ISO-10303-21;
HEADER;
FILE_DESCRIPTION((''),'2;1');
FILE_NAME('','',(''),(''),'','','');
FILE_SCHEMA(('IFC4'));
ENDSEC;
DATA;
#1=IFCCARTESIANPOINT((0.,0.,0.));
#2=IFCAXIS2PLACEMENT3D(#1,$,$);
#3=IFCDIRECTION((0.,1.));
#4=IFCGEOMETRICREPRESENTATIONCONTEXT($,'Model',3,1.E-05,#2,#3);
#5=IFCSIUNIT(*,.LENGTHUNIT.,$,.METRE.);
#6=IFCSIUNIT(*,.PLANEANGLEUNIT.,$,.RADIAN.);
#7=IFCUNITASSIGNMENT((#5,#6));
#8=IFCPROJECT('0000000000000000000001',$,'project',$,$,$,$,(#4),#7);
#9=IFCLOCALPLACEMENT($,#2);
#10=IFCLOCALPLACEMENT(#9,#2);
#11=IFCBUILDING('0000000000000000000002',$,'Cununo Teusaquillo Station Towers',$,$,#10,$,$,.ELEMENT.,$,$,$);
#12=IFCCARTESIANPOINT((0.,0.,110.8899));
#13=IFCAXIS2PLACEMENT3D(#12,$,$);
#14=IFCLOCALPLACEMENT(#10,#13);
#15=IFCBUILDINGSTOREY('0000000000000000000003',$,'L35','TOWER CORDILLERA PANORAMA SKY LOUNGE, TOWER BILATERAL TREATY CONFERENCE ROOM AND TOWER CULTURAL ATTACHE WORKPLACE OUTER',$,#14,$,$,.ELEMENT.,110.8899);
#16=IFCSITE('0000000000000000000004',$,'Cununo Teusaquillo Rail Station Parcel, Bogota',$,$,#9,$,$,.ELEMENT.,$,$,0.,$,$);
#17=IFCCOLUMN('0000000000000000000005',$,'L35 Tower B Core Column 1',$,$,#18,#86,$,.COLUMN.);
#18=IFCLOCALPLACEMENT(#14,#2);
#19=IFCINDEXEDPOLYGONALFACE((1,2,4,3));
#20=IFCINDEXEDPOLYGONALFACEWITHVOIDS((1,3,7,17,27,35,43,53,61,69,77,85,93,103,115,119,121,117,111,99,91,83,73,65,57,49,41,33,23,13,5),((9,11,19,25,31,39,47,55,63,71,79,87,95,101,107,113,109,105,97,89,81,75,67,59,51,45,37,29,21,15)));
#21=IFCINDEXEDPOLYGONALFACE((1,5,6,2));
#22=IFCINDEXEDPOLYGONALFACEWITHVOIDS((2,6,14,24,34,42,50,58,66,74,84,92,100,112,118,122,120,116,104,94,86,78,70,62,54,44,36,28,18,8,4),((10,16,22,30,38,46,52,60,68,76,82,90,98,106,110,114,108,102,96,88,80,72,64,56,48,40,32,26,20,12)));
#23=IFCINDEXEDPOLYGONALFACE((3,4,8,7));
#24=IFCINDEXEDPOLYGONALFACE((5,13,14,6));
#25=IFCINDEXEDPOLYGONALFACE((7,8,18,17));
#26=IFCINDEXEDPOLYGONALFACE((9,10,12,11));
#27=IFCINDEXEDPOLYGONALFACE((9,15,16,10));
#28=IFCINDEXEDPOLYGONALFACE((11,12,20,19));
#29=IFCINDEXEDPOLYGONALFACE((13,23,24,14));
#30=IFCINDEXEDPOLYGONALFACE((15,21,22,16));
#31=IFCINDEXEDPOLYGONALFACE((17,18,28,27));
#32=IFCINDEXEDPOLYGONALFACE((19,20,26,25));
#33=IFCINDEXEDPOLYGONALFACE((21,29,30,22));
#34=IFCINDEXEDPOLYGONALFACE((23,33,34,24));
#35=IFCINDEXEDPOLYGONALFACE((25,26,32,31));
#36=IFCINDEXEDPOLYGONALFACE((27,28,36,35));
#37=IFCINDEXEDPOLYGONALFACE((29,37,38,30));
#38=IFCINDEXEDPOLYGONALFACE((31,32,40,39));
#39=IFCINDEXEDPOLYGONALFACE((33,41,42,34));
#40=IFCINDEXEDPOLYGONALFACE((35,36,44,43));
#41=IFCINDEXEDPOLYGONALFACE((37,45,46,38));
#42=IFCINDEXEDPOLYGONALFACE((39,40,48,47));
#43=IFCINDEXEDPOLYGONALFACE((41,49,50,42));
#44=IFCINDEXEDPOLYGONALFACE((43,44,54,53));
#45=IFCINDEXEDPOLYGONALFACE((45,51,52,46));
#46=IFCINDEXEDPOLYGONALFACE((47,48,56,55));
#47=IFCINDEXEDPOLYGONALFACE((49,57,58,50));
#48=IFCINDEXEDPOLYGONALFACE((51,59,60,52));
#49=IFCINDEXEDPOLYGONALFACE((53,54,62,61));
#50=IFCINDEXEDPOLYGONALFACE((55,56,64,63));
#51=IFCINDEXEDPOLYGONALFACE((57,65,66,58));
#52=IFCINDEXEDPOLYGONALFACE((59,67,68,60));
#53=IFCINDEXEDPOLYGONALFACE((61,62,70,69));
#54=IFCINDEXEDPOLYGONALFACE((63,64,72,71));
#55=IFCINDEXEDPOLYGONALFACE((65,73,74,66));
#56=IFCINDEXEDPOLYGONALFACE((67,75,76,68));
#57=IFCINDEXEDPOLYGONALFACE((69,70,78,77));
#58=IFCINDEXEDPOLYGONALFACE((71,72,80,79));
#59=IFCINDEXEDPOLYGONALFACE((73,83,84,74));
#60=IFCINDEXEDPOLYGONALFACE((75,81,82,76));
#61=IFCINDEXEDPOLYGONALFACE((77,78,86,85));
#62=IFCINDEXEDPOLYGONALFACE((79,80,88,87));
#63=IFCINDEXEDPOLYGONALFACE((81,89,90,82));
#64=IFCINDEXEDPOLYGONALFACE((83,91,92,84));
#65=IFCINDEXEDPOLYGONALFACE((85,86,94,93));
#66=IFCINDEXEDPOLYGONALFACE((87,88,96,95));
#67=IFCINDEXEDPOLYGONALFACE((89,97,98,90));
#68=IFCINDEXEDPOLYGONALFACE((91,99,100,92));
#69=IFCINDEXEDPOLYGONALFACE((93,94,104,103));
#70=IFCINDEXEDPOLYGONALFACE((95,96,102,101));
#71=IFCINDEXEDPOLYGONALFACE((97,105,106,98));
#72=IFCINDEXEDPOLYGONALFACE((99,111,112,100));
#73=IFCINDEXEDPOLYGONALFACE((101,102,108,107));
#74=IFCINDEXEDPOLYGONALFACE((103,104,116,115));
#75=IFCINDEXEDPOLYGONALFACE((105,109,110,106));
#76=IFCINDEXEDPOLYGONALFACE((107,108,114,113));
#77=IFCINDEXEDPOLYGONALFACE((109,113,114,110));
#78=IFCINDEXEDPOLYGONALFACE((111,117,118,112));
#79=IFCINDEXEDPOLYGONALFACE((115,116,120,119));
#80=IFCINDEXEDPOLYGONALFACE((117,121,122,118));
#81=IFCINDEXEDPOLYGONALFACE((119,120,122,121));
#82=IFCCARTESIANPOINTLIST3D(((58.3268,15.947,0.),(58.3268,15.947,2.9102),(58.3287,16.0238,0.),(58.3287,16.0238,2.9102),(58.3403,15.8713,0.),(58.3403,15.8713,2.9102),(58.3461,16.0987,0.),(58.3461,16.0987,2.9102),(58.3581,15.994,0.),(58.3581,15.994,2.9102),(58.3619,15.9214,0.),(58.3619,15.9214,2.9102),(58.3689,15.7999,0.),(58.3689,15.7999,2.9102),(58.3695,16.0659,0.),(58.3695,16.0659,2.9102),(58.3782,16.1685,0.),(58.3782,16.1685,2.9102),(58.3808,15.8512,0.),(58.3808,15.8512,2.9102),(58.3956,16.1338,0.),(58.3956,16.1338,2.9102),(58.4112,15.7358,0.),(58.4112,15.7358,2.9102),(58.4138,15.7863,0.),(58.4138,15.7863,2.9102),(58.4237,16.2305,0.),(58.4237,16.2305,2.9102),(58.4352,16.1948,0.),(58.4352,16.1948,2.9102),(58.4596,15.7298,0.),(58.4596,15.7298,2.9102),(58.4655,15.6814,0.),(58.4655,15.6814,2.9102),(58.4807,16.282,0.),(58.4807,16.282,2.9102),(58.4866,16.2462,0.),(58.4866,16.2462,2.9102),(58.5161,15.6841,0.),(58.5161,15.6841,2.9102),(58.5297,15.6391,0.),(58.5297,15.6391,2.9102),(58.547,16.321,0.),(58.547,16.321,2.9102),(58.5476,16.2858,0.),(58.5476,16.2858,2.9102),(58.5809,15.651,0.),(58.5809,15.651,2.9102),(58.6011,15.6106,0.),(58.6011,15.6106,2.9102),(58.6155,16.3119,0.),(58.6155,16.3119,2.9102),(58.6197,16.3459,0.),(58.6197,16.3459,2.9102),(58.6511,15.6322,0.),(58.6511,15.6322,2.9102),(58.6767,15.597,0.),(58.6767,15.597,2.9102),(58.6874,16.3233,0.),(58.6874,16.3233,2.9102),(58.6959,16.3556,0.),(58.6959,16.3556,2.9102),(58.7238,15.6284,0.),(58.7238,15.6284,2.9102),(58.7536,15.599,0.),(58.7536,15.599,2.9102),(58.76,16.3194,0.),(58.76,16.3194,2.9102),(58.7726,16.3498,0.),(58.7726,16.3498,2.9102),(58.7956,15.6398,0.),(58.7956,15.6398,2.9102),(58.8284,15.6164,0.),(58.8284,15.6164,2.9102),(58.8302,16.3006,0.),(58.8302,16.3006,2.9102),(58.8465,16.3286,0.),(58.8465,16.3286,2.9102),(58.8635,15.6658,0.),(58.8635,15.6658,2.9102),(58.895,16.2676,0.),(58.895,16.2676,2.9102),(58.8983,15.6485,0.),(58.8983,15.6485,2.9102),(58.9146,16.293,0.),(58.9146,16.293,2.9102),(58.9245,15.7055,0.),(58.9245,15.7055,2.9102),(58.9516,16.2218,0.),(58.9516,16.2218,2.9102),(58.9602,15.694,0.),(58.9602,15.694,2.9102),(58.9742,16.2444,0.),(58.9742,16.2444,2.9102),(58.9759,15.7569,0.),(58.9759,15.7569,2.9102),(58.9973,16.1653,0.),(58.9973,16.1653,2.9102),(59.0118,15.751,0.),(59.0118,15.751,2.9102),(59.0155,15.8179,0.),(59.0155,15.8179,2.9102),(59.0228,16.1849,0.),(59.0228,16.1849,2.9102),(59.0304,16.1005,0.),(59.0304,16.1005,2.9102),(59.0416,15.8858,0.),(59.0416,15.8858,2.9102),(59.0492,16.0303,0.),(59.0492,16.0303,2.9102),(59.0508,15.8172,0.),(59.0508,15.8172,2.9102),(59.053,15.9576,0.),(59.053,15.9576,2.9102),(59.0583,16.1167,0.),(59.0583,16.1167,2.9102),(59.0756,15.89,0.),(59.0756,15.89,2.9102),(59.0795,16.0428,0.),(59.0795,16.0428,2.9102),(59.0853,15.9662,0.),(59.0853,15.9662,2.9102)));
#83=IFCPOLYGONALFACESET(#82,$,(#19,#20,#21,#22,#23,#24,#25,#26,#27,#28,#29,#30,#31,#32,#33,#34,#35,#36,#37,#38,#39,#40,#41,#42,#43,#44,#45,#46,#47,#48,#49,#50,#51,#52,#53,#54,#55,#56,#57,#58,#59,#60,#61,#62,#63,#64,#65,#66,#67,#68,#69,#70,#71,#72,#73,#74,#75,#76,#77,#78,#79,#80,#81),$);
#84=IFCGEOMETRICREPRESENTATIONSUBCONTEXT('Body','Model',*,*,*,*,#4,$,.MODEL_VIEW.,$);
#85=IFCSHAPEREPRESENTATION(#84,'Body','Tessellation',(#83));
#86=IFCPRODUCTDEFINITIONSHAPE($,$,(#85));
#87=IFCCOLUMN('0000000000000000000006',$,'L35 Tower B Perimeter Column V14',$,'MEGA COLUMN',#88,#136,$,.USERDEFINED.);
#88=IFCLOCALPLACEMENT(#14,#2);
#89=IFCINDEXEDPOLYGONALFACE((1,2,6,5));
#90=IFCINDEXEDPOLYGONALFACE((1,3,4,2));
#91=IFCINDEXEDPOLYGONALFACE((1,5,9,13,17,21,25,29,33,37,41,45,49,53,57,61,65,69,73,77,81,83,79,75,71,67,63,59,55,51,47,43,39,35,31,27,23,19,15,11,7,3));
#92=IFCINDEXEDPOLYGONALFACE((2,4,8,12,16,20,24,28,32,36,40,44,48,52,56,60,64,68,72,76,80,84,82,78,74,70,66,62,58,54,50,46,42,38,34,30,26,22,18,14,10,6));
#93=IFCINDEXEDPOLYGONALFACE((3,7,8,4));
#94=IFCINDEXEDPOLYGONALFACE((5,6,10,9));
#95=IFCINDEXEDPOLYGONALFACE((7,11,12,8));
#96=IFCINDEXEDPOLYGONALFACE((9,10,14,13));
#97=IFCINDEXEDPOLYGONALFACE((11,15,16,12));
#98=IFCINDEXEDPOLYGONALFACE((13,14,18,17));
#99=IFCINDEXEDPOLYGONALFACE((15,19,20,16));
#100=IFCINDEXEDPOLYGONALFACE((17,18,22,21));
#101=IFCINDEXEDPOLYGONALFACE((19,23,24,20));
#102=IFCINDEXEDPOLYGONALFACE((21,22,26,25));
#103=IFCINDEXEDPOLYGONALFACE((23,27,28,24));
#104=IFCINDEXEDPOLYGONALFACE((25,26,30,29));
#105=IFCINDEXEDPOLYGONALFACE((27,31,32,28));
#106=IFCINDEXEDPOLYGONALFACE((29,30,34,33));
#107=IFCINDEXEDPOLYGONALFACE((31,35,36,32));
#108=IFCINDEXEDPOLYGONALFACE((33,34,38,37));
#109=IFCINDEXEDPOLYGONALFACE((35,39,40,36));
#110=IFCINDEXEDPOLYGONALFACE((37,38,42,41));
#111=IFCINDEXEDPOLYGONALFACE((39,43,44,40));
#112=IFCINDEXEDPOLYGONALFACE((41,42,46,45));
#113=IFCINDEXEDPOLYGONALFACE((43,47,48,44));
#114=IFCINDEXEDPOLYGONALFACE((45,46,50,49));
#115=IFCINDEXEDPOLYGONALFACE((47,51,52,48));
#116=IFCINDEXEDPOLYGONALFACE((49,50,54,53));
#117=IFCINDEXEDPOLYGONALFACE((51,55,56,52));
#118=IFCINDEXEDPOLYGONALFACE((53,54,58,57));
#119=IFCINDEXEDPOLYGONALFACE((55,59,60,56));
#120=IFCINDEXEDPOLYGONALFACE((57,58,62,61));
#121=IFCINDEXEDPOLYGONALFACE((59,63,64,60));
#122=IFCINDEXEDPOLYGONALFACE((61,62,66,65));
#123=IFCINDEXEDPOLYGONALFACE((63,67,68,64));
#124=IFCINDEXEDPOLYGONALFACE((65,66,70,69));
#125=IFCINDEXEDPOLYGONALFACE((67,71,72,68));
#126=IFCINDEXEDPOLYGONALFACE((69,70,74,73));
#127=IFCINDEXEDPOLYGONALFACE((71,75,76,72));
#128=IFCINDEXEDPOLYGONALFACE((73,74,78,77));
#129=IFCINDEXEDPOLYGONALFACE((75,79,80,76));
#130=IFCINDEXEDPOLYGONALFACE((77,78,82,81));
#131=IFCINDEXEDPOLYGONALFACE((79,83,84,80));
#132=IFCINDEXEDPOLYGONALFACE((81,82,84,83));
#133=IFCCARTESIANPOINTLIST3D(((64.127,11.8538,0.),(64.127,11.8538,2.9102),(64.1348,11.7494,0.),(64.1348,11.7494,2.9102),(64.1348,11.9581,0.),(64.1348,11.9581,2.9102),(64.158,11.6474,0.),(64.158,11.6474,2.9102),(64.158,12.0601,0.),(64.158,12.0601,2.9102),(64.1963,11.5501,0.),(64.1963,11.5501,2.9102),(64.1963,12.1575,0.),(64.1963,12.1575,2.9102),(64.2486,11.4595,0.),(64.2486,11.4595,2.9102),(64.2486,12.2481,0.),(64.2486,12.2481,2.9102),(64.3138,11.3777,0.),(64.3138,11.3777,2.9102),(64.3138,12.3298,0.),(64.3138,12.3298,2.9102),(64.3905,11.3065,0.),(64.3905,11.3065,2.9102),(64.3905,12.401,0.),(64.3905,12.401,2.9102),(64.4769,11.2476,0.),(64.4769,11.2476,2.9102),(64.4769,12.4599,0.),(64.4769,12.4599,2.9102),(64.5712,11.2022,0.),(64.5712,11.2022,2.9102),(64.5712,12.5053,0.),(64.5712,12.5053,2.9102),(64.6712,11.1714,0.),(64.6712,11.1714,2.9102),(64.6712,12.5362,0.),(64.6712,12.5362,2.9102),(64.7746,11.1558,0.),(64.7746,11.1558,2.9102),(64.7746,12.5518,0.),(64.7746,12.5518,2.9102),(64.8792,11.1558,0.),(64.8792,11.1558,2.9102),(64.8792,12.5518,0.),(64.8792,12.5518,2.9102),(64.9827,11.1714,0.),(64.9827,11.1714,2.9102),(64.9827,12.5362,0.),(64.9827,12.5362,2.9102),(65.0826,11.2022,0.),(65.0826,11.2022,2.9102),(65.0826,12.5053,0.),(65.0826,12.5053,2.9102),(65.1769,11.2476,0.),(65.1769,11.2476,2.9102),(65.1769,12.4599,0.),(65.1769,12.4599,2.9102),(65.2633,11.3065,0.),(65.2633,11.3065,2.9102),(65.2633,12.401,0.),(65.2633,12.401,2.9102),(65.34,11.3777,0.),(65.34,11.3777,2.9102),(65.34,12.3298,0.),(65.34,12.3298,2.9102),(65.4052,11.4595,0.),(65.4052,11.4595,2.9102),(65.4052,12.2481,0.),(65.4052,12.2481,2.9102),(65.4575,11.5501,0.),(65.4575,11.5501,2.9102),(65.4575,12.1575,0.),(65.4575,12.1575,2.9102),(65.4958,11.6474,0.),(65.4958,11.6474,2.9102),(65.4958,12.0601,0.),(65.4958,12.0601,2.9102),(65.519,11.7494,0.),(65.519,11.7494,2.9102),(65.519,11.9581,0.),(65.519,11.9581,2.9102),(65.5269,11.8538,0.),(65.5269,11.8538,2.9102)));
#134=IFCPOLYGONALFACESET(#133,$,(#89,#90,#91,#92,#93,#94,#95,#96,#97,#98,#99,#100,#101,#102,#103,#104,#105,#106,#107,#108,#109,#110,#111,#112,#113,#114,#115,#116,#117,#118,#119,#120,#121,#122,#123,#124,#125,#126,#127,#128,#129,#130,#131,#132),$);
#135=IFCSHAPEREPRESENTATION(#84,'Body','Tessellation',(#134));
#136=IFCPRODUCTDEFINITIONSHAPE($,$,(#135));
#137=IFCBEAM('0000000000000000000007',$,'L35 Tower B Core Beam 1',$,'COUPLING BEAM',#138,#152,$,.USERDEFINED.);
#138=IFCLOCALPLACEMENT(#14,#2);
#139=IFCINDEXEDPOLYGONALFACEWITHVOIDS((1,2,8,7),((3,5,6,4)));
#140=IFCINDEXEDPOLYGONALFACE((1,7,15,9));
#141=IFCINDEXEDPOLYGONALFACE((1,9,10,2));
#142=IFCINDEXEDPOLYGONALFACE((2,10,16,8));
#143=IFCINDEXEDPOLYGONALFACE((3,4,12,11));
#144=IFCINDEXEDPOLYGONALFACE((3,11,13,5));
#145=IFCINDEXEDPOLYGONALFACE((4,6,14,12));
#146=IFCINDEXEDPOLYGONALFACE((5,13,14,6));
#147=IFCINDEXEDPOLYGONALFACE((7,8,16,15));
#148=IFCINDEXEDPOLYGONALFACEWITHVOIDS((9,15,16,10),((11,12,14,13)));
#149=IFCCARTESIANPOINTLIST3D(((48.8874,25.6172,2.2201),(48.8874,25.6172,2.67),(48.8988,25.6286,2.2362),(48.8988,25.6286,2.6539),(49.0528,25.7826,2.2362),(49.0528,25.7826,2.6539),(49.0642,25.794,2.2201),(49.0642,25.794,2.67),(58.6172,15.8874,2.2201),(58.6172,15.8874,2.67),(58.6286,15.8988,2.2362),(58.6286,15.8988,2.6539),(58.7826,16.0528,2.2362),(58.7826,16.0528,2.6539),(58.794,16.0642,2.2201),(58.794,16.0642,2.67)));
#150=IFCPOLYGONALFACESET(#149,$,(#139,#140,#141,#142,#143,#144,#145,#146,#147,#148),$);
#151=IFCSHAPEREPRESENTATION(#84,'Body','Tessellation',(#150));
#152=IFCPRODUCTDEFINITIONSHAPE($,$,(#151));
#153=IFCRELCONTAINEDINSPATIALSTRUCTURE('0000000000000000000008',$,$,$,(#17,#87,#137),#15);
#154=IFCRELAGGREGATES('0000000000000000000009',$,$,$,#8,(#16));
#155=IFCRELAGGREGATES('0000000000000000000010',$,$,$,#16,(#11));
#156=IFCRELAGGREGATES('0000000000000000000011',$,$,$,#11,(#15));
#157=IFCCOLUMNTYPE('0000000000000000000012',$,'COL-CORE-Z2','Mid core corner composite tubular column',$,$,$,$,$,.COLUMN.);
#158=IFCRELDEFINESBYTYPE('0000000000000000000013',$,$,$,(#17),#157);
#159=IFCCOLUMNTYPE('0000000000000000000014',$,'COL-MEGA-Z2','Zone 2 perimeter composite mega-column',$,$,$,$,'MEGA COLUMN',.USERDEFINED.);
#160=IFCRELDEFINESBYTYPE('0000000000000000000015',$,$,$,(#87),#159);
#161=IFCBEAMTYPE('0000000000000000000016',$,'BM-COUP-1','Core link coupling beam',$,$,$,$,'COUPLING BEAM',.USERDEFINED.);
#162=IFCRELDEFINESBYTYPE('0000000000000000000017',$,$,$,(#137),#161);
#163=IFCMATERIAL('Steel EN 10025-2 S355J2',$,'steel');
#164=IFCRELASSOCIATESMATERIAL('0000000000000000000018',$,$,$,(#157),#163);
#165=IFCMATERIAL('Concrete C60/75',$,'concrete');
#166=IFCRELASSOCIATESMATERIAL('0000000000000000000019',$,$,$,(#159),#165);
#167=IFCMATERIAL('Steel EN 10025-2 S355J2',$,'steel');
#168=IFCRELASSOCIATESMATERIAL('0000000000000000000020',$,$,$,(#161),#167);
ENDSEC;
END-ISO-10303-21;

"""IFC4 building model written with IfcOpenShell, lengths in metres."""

from ifc_helpers import new_model, si_unit, direction, frame, origin, origin_2d, place, context, subcontext, project, spatial, hollow_rectangle, circle, hollow_circle, extrude, material, material_profile, profile_set, type_object, element, save


model = new_model("IFC4")

# Units and contexts
model_context = context("Model", 3, precision=1e-05, world=origin(), true_north=direction((0.0, 1.0)))
body_context = subcontext(model_context, "Body", "Model", "MODEL_VIEW")
ifc_project = project(units=[si_unit("LENGTHUNIT", "METRE"), si_unit("PLANEANGLEUNIT", "RADIAN")], contexts=[model_context])

# Site, building, storey
site_placement = place(None, origin())
site = spatial("IfcSite", under=ifc_project, at=site_placement, Name="Cununo Teusaquillo Rail Station Parcel, Bogota", CompositionType="ELEMENT", RefElevation=0.0)
building_placement = place(site_placement, origin())
building = spatial("IfcBuilding", under=site, at=building_placement, Name="Cununo Teusaquillo Station Towers", CompositionType="ELEMENT")
storey_placement = place(building_placement, frame((0.0, 0.0, 110.8899)))
storey = spatial("IfcBuildingStorey", under=building, at=storey_placement, Name="L35", Description="TOWER CORDILLERA PANORAMA SKY LOUNGE, TOWER BILATERAL TREATY CONFERENCE ROOM AND TOWER CULTURAL ATTACHE WORKPLACE OUTER", CompositionType="ELEMENT", Elevation=110.8899)

# Columns
ifc_material_1 = material(Name="Steel EN 10025-2 S355J2", Category="steel")
ifc_material_profile_1 = material_profile(ifc_material_1, hollow_circle(Radius=0.3799, WallThickness=0.032, at=origin_2d()), Name="CHS 760x32")
ifc_profile_set_1 = profile_set([ifc_material_profile_1], Name="Steel EN 10025-2 S355J2")
column_type_1 = type_object("IfcColumnType", Name="COL-CORE-Z2", Description="Mid core corner composite tubular column", PredefinedType="COLUMN", material=ifc_profile_set_1)
column_1_placement = place(storey_placement, frame((58.7056, 15.9758, 0.0), z_axis=(0.0, 0.0, 1.0), x_axis=(0.707107, 0.707107, 0.0)))
element("IfcColumn", 1, at=column_1_placement, inside=storey, type_object=column_type_1, Name="L35 Tower B Core Column 1", PredefinedType="COLUMN", context=body_context, shape_type="SweptSolid", body=[
    extrude(hollow_circle(Radius=0.3799, WallThickness=0.032, at=origin_2d()), origin(), (0.0, 0.0, 1.0), 2.9102),
])
ifc_material_2 = material(Name="Concrete C60/75", Category="concrete")
ifc_material_profile_2 = material_profile(ifc_material_2, circle(Radius=0.7, at=origin_2d()), Name="RC-CIRC-1400")
ifc_profile_set_2 = profile_set([ifc_material_profile_2], Name="Concrete C60/75")
column_type_2 = type_object("IfcColumnType", Name="COL-MEGA-Z2", Description="Zone 2 perimeter composite mega-column", ElementType="MEGA COLUMN", PredefinedType="USERDEFINED", material=ifc_profile_set_2)
column_2_placement = place(storey_placement, frame((64.8269, 11.8538, 0.0), z_axis=(0.0, 0.0, 1.0), x_axis=(1.0, 0.0, 0.0)))
element("IfcColumn", 2, at=column_2_placement, inside=storey, type_object=column_type_2, Name="L35 Tower B Perimeter Column V14", ObjectType="MEGA COLUMN", PredefinedType="USERDEFINED", context=body_context, shape_type="SweptSolid", body=[
    extrude(circle(Radius=0.7, at=origin_2d()), origin(), (0.0, 0.0, 1.0), 2.9102),
])

# Beam
ifc_material_3 = material(Name="Steel EN 10025-2 S355J2", Category="steel")
ifc_material_profile_3 = material_profile(ifc_material_3, hollow_rectangle(XDim=0.25, YDim=0.45, WallThickness=0.0161, at=origin_2d()), Name="RHS 450x250x16")
ifc_profile_set_3 = profile_set([ifc_material_profile_3], Name="Steel EN 10025-2 S355J2")
beam_type_1 = type_object("IfcBeamType", Name="BM-COUP-1", Description="Core link coupling beam", ElementType="COUPLING BEAM", PredefinedType="USERDEFINED", material=ifc_profile_set_3)
beam_1_placement = place(storey_placement, frame((58.7056, 15.9758, 2.4451), z_axis=(-0.707107, 0.707107, 0.0), x_axis=(-0.707107, -0.707107, 0.0)))
element("IfcBeam", 3, at=beam_1_placement, inside=storey, type_object=beam_type_1, Name="L35 Tower B Core Beam 1", ObjectType="COUPLING BEAM", PredefinedType="USERDEFINED", context=body_context, shape_type="SweptSolid", body=[
    extrude(hollow_rectangle(XDim=0.25, YDim=0.45, WallThickness=0.0161, at=origin_2d()), origin(), (0.0, 0.0, 1.0), 13.76),
])

save(model, "model.ifc")
